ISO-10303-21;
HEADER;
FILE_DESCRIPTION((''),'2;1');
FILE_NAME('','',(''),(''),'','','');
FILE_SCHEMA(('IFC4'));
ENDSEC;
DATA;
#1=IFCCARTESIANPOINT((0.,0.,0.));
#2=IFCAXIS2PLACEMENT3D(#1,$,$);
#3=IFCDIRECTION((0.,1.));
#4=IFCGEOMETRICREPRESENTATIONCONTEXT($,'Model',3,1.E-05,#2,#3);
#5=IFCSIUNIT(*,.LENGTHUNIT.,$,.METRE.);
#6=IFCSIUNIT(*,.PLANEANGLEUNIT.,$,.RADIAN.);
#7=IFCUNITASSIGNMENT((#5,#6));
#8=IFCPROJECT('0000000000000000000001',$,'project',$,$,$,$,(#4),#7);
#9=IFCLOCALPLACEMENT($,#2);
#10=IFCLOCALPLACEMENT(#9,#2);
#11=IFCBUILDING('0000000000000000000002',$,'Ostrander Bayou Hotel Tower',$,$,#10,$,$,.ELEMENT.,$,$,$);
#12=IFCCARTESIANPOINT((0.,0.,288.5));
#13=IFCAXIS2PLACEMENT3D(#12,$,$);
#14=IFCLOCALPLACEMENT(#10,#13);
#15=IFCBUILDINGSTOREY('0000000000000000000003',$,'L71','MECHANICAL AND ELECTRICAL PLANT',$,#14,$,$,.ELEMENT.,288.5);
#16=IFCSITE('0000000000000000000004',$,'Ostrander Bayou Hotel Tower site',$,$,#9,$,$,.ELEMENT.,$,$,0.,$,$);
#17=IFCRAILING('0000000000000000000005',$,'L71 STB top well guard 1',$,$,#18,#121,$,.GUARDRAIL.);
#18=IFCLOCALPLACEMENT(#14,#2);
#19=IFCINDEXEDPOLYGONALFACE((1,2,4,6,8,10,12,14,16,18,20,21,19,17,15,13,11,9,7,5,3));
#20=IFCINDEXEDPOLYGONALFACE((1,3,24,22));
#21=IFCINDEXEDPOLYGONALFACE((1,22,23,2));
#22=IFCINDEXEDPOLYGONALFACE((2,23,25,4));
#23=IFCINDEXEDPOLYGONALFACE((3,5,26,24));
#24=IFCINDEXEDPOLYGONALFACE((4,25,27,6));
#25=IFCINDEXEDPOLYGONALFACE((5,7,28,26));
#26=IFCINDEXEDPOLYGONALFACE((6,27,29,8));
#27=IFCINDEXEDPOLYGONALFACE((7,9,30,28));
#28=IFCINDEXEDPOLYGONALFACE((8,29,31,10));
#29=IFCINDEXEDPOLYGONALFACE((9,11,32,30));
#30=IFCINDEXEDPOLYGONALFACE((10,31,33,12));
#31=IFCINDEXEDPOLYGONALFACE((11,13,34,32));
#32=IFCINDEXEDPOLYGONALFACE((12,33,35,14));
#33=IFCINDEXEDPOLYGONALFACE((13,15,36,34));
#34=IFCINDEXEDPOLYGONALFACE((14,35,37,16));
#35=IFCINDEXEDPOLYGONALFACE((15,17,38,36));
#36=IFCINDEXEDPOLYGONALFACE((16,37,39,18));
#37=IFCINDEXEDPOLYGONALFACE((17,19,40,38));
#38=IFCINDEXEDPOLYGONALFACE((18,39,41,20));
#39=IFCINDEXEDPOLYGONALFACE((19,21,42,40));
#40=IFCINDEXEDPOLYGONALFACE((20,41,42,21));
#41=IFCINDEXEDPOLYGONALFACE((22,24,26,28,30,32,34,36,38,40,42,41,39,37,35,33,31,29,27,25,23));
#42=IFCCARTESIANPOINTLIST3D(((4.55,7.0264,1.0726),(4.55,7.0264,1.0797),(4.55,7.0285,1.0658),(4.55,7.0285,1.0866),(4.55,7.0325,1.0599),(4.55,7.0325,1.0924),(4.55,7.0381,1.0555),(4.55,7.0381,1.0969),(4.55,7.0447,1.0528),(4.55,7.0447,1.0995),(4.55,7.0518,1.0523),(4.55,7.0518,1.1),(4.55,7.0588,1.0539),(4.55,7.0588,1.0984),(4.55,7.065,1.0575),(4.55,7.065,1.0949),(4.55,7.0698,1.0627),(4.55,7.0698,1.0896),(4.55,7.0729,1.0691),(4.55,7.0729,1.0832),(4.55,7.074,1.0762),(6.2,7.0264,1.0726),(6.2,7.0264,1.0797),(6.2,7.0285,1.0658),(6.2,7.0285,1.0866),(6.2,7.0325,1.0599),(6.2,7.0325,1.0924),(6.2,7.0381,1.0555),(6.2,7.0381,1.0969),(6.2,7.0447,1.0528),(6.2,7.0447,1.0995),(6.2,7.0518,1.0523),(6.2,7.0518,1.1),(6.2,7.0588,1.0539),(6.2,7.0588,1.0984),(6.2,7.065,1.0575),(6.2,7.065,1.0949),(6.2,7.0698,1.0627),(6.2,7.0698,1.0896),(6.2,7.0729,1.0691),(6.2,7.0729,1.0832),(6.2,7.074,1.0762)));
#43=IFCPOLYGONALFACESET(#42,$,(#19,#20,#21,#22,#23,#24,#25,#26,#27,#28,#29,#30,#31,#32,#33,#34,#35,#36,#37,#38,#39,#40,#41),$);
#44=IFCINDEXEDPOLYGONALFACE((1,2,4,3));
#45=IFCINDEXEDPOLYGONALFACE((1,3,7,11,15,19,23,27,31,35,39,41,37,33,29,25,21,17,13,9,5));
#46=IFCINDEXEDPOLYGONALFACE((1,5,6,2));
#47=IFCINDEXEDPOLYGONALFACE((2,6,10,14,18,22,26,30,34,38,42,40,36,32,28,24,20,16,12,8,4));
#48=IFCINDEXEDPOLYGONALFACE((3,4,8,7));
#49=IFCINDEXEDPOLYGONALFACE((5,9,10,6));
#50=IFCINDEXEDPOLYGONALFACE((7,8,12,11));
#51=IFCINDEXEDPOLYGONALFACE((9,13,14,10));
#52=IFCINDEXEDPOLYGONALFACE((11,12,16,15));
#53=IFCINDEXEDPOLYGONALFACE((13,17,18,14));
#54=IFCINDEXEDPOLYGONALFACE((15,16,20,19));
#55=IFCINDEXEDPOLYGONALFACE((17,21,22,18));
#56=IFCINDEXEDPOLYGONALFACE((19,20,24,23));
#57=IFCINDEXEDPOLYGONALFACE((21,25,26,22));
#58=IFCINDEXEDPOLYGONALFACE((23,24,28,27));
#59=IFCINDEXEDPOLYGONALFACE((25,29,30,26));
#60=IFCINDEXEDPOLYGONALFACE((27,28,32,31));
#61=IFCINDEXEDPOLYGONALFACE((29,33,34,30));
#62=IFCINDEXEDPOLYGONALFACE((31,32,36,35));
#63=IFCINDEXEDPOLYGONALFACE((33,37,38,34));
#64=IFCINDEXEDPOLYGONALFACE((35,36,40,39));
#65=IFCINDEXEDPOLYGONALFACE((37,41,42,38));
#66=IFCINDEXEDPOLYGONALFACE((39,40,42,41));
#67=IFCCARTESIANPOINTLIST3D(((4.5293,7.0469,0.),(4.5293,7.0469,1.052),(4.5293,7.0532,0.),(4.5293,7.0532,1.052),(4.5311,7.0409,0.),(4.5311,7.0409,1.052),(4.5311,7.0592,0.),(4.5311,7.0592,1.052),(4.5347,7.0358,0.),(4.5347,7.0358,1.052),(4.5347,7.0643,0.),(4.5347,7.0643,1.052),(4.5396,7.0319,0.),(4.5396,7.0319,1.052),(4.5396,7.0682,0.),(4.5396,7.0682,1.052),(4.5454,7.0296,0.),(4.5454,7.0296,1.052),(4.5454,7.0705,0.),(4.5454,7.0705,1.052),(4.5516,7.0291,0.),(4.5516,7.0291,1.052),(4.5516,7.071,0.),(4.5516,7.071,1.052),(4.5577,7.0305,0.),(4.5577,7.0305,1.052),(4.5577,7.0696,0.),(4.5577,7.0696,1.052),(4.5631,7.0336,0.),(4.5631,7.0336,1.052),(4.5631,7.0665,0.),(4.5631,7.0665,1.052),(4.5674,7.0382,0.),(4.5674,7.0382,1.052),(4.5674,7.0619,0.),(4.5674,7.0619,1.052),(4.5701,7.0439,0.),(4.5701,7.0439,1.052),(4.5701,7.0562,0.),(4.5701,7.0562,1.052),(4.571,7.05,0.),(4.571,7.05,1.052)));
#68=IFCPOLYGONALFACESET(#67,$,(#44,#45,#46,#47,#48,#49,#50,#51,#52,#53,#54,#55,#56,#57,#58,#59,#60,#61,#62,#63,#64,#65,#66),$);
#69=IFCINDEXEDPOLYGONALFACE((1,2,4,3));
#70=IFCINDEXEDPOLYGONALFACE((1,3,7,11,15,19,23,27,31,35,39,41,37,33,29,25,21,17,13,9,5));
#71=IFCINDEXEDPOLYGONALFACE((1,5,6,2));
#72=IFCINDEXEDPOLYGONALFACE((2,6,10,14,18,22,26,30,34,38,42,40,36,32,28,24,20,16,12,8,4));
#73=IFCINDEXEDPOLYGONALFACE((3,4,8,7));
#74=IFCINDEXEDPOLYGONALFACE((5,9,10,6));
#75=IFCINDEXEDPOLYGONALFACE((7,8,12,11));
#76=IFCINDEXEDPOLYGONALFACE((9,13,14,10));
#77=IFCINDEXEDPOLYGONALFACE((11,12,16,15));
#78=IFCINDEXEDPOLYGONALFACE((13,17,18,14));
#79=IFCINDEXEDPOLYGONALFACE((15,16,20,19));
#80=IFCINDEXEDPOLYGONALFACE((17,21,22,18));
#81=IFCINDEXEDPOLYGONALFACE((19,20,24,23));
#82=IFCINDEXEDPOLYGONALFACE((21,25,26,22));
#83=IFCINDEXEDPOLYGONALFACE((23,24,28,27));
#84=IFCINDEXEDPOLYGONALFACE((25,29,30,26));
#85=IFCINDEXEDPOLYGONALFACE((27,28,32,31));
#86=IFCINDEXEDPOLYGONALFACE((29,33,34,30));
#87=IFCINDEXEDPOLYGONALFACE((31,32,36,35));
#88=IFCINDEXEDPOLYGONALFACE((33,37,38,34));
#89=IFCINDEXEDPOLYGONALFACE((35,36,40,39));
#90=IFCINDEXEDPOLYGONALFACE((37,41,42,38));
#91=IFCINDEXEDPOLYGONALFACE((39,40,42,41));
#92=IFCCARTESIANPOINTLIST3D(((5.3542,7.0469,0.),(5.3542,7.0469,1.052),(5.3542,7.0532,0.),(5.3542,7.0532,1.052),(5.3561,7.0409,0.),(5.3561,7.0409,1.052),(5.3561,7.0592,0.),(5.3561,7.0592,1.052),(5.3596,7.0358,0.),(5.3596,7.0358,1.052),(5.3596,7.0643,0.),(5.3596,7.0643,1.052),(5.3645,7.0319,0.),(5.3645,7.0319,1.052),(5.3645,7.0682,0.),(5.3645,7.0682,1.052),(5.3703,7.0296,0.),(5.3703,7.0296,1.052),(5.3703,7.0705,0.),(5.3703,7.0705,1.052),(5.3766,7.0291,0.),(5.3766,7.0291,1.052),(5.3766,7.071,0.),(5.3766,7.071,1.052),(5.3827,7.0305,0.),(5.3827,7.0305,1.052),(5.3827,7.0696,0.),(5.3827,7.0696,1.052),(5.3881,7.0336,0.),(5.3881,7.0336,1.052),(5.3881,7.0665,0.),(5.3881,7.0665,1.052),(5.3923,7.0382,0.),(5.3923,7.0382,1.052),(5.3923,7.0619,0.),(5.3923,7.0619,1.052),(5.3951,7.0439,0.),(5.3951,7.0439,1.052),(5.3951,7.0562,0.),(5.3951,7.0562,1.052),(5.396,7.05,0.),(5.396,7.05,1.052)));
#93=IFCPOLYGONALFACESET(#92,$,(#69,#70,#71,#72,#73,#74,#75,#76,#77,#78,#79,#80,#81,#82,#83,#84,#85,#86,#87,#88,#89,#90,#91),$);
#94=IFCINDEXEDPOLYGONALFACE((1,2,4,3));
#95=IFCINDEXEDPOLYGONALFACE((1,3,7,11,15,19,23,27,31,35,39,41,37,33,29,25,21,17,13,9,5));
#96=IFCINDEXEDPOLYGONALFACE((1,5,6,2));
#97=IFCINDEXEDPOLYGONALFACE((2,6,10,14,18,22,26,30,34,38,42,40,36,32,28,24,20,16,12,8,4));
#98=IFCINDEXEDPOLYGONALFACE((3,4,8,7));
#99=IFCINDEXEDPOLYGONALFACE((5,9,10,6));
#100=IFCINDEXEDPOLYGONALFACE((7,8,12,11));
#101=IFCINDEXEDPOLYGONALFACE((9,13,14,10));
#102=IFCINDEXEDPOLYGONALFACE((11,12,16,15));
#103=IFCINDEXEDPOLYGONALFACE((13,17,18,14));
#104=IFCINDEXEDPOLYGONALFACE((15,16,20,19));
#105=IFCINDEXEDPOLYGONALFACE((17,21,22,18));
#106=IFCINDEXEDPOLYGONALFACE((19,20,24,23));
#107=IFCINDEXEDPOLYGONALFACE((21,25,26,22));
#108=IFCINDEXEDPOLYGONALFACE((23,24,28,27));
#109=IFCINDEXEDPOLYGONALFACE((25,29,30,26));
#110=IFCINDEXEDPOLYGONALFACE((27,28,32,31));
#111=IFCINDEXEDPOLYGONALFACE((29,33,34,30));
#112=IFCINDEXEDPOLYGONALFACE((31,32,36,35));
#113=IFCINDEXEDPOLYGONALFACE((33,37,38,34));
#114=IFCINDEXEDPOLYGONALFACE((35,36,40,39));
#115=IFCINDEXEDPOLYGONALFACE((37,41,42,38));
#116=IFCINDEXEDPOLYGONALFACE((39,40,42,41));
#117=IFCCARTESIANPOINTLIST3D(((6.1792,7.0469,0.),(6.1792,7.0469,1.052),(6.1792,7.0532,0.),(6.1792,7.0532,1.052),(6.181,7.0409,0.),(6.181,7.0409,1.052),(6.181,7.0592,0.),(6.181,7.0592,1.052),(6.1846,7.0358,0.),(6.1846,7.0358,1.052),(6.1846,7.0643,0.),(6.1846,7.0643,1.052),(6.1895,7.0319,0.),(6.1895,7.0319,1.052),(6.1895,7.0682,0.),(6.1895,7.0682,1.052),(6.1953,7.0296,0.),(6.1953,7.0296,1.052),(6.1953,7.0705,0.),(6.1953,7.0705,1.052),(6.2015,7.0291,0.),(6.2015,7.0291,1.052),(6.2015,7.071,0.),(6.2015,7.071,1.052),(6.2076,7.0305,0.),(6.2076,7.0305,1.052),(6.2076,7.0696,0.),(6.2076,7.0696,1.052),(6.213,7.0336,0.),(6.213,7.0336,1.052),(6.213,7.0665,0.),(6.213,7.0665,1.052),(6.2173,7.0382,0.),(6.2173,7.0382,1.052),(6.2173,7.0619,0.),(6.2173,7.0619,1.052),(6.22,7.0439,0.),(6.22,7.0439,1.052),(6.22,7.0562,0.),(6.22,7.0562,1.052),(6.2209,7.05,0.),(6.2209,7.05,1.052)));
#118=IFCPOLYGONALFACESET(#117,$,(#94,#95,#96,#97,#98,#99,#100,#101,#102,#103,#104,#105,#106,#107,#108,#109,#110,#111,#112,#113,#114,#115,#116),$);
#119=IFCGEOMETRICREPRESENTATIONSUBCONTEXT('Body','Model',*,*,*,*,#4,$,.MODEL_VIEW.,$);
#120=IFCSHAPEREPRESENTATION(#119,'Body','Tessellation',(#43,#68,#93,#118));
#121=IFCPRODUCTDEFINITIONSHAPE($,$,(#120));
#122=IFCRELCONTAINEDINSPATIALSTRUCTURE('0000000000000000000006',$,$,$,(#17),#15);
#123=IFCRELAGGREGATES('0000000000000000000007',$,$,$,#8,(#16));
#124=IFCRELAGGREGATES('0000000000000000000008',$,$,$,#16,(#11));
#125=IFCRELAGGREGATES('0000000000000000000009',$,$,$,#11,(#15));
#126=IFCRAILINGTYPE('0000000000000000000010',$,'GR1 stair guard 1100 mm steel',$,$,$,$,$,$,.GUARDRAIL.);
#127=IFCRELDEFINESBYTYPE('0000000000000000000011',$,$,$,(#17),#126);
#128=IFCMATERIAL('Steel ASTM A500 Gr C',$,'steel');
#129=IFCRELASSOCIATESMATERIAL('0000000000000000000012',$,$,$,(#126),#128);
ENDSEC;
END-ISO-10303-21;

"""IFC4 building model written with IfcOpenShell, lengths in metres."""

from ifc_helpers import new_model, si_unit, direction, frame, origin, origin_2d, place, context, subcontext, project, spatial, circle, extrude, material, type_object, element, save


model = new_model("IFC4")

# Units and contexts
model_context = context("Model", 3, precision=1e-05, world=origin(), true_north=direction((0.0, 1.0)))
body_context = subcontext(model_context, "Body", "Model", "MODEL_VIEW")
ifc_project = project(units=[si_unit("LENGTHUNIT", "METRE"), si_unit("PLANEANGLEUNIT", "RADIAN")], contexts=[model_context])

# Site, building, storey
site_placement = place(None, origin())
site = spatial("IfcSite", under=ifc_project, at=site_placement, Name="Ostrander Bayou Hotel Tower site", CompositionType="ELEMENT", RefElevation=0.0)
building_placement = place(site_placement, origin())
building = spatial("IfcBuilding", under=site, at=building_placement, Name="Ostrander Bayou Hotel Tower", CompositionType="ELEMENT")
storey_placement = place(building_placement, frame((0.0, 0.0, 288.5)))
storey = spatial("IfcBuildingStorey", under=building, at=storey_placement, Name="L71", Description="MECHANICAL AND ELECTRICAL PLANT", CompositionType="ELEMENT", Elevation=288.5)

# Railing
ifc_material_1 = material(Name="Steel ASTM A500 Gr C", Category="steel")
railing_type = type_object("IfcRailingType", Name="GR1 stair guard 1100 mm steel", PredefinedType="GUARDRAIL", material=ifc_material_1)
railing_placement = place(storey_placement, frame((4.55, 7.05, 0.0)))
element("IfcRailing", 1, at=railing_placement, inside=storey, type_object=railing_type, Name="L71 STB top well guard 1", PredefinedType="GUARDRAIL", context=body_context, shape_type="SweptSolid", body=[
    extrude(circle(Radius=0.0239, at=origin_2d()), frame((0.0, 0.0, 1.0762), z_axis=(1.0, 0.0, 0.0), x_axis=(0.0, 1.0, 0.0)), (0.0, 0.0, 1.0), 1.6499),
    extrude(circle(Radius=0.021, at=origin_2d()), origin(), (0.0, 0.0, 1.0), 1.052),
    extrude(circle(Radius=0.021, at=origin_2d()), frame((0.825, 0.0, 0.0)), (0.0, 0.0, 1.0), 1.052),
    extrude(circle(Radius=0.021, at=origin_2d()), frame((1.6499, 0.0, 0.0)), (0.0, 0.0, 1.0), 1.052),
])

save(model, "model.ifc")
